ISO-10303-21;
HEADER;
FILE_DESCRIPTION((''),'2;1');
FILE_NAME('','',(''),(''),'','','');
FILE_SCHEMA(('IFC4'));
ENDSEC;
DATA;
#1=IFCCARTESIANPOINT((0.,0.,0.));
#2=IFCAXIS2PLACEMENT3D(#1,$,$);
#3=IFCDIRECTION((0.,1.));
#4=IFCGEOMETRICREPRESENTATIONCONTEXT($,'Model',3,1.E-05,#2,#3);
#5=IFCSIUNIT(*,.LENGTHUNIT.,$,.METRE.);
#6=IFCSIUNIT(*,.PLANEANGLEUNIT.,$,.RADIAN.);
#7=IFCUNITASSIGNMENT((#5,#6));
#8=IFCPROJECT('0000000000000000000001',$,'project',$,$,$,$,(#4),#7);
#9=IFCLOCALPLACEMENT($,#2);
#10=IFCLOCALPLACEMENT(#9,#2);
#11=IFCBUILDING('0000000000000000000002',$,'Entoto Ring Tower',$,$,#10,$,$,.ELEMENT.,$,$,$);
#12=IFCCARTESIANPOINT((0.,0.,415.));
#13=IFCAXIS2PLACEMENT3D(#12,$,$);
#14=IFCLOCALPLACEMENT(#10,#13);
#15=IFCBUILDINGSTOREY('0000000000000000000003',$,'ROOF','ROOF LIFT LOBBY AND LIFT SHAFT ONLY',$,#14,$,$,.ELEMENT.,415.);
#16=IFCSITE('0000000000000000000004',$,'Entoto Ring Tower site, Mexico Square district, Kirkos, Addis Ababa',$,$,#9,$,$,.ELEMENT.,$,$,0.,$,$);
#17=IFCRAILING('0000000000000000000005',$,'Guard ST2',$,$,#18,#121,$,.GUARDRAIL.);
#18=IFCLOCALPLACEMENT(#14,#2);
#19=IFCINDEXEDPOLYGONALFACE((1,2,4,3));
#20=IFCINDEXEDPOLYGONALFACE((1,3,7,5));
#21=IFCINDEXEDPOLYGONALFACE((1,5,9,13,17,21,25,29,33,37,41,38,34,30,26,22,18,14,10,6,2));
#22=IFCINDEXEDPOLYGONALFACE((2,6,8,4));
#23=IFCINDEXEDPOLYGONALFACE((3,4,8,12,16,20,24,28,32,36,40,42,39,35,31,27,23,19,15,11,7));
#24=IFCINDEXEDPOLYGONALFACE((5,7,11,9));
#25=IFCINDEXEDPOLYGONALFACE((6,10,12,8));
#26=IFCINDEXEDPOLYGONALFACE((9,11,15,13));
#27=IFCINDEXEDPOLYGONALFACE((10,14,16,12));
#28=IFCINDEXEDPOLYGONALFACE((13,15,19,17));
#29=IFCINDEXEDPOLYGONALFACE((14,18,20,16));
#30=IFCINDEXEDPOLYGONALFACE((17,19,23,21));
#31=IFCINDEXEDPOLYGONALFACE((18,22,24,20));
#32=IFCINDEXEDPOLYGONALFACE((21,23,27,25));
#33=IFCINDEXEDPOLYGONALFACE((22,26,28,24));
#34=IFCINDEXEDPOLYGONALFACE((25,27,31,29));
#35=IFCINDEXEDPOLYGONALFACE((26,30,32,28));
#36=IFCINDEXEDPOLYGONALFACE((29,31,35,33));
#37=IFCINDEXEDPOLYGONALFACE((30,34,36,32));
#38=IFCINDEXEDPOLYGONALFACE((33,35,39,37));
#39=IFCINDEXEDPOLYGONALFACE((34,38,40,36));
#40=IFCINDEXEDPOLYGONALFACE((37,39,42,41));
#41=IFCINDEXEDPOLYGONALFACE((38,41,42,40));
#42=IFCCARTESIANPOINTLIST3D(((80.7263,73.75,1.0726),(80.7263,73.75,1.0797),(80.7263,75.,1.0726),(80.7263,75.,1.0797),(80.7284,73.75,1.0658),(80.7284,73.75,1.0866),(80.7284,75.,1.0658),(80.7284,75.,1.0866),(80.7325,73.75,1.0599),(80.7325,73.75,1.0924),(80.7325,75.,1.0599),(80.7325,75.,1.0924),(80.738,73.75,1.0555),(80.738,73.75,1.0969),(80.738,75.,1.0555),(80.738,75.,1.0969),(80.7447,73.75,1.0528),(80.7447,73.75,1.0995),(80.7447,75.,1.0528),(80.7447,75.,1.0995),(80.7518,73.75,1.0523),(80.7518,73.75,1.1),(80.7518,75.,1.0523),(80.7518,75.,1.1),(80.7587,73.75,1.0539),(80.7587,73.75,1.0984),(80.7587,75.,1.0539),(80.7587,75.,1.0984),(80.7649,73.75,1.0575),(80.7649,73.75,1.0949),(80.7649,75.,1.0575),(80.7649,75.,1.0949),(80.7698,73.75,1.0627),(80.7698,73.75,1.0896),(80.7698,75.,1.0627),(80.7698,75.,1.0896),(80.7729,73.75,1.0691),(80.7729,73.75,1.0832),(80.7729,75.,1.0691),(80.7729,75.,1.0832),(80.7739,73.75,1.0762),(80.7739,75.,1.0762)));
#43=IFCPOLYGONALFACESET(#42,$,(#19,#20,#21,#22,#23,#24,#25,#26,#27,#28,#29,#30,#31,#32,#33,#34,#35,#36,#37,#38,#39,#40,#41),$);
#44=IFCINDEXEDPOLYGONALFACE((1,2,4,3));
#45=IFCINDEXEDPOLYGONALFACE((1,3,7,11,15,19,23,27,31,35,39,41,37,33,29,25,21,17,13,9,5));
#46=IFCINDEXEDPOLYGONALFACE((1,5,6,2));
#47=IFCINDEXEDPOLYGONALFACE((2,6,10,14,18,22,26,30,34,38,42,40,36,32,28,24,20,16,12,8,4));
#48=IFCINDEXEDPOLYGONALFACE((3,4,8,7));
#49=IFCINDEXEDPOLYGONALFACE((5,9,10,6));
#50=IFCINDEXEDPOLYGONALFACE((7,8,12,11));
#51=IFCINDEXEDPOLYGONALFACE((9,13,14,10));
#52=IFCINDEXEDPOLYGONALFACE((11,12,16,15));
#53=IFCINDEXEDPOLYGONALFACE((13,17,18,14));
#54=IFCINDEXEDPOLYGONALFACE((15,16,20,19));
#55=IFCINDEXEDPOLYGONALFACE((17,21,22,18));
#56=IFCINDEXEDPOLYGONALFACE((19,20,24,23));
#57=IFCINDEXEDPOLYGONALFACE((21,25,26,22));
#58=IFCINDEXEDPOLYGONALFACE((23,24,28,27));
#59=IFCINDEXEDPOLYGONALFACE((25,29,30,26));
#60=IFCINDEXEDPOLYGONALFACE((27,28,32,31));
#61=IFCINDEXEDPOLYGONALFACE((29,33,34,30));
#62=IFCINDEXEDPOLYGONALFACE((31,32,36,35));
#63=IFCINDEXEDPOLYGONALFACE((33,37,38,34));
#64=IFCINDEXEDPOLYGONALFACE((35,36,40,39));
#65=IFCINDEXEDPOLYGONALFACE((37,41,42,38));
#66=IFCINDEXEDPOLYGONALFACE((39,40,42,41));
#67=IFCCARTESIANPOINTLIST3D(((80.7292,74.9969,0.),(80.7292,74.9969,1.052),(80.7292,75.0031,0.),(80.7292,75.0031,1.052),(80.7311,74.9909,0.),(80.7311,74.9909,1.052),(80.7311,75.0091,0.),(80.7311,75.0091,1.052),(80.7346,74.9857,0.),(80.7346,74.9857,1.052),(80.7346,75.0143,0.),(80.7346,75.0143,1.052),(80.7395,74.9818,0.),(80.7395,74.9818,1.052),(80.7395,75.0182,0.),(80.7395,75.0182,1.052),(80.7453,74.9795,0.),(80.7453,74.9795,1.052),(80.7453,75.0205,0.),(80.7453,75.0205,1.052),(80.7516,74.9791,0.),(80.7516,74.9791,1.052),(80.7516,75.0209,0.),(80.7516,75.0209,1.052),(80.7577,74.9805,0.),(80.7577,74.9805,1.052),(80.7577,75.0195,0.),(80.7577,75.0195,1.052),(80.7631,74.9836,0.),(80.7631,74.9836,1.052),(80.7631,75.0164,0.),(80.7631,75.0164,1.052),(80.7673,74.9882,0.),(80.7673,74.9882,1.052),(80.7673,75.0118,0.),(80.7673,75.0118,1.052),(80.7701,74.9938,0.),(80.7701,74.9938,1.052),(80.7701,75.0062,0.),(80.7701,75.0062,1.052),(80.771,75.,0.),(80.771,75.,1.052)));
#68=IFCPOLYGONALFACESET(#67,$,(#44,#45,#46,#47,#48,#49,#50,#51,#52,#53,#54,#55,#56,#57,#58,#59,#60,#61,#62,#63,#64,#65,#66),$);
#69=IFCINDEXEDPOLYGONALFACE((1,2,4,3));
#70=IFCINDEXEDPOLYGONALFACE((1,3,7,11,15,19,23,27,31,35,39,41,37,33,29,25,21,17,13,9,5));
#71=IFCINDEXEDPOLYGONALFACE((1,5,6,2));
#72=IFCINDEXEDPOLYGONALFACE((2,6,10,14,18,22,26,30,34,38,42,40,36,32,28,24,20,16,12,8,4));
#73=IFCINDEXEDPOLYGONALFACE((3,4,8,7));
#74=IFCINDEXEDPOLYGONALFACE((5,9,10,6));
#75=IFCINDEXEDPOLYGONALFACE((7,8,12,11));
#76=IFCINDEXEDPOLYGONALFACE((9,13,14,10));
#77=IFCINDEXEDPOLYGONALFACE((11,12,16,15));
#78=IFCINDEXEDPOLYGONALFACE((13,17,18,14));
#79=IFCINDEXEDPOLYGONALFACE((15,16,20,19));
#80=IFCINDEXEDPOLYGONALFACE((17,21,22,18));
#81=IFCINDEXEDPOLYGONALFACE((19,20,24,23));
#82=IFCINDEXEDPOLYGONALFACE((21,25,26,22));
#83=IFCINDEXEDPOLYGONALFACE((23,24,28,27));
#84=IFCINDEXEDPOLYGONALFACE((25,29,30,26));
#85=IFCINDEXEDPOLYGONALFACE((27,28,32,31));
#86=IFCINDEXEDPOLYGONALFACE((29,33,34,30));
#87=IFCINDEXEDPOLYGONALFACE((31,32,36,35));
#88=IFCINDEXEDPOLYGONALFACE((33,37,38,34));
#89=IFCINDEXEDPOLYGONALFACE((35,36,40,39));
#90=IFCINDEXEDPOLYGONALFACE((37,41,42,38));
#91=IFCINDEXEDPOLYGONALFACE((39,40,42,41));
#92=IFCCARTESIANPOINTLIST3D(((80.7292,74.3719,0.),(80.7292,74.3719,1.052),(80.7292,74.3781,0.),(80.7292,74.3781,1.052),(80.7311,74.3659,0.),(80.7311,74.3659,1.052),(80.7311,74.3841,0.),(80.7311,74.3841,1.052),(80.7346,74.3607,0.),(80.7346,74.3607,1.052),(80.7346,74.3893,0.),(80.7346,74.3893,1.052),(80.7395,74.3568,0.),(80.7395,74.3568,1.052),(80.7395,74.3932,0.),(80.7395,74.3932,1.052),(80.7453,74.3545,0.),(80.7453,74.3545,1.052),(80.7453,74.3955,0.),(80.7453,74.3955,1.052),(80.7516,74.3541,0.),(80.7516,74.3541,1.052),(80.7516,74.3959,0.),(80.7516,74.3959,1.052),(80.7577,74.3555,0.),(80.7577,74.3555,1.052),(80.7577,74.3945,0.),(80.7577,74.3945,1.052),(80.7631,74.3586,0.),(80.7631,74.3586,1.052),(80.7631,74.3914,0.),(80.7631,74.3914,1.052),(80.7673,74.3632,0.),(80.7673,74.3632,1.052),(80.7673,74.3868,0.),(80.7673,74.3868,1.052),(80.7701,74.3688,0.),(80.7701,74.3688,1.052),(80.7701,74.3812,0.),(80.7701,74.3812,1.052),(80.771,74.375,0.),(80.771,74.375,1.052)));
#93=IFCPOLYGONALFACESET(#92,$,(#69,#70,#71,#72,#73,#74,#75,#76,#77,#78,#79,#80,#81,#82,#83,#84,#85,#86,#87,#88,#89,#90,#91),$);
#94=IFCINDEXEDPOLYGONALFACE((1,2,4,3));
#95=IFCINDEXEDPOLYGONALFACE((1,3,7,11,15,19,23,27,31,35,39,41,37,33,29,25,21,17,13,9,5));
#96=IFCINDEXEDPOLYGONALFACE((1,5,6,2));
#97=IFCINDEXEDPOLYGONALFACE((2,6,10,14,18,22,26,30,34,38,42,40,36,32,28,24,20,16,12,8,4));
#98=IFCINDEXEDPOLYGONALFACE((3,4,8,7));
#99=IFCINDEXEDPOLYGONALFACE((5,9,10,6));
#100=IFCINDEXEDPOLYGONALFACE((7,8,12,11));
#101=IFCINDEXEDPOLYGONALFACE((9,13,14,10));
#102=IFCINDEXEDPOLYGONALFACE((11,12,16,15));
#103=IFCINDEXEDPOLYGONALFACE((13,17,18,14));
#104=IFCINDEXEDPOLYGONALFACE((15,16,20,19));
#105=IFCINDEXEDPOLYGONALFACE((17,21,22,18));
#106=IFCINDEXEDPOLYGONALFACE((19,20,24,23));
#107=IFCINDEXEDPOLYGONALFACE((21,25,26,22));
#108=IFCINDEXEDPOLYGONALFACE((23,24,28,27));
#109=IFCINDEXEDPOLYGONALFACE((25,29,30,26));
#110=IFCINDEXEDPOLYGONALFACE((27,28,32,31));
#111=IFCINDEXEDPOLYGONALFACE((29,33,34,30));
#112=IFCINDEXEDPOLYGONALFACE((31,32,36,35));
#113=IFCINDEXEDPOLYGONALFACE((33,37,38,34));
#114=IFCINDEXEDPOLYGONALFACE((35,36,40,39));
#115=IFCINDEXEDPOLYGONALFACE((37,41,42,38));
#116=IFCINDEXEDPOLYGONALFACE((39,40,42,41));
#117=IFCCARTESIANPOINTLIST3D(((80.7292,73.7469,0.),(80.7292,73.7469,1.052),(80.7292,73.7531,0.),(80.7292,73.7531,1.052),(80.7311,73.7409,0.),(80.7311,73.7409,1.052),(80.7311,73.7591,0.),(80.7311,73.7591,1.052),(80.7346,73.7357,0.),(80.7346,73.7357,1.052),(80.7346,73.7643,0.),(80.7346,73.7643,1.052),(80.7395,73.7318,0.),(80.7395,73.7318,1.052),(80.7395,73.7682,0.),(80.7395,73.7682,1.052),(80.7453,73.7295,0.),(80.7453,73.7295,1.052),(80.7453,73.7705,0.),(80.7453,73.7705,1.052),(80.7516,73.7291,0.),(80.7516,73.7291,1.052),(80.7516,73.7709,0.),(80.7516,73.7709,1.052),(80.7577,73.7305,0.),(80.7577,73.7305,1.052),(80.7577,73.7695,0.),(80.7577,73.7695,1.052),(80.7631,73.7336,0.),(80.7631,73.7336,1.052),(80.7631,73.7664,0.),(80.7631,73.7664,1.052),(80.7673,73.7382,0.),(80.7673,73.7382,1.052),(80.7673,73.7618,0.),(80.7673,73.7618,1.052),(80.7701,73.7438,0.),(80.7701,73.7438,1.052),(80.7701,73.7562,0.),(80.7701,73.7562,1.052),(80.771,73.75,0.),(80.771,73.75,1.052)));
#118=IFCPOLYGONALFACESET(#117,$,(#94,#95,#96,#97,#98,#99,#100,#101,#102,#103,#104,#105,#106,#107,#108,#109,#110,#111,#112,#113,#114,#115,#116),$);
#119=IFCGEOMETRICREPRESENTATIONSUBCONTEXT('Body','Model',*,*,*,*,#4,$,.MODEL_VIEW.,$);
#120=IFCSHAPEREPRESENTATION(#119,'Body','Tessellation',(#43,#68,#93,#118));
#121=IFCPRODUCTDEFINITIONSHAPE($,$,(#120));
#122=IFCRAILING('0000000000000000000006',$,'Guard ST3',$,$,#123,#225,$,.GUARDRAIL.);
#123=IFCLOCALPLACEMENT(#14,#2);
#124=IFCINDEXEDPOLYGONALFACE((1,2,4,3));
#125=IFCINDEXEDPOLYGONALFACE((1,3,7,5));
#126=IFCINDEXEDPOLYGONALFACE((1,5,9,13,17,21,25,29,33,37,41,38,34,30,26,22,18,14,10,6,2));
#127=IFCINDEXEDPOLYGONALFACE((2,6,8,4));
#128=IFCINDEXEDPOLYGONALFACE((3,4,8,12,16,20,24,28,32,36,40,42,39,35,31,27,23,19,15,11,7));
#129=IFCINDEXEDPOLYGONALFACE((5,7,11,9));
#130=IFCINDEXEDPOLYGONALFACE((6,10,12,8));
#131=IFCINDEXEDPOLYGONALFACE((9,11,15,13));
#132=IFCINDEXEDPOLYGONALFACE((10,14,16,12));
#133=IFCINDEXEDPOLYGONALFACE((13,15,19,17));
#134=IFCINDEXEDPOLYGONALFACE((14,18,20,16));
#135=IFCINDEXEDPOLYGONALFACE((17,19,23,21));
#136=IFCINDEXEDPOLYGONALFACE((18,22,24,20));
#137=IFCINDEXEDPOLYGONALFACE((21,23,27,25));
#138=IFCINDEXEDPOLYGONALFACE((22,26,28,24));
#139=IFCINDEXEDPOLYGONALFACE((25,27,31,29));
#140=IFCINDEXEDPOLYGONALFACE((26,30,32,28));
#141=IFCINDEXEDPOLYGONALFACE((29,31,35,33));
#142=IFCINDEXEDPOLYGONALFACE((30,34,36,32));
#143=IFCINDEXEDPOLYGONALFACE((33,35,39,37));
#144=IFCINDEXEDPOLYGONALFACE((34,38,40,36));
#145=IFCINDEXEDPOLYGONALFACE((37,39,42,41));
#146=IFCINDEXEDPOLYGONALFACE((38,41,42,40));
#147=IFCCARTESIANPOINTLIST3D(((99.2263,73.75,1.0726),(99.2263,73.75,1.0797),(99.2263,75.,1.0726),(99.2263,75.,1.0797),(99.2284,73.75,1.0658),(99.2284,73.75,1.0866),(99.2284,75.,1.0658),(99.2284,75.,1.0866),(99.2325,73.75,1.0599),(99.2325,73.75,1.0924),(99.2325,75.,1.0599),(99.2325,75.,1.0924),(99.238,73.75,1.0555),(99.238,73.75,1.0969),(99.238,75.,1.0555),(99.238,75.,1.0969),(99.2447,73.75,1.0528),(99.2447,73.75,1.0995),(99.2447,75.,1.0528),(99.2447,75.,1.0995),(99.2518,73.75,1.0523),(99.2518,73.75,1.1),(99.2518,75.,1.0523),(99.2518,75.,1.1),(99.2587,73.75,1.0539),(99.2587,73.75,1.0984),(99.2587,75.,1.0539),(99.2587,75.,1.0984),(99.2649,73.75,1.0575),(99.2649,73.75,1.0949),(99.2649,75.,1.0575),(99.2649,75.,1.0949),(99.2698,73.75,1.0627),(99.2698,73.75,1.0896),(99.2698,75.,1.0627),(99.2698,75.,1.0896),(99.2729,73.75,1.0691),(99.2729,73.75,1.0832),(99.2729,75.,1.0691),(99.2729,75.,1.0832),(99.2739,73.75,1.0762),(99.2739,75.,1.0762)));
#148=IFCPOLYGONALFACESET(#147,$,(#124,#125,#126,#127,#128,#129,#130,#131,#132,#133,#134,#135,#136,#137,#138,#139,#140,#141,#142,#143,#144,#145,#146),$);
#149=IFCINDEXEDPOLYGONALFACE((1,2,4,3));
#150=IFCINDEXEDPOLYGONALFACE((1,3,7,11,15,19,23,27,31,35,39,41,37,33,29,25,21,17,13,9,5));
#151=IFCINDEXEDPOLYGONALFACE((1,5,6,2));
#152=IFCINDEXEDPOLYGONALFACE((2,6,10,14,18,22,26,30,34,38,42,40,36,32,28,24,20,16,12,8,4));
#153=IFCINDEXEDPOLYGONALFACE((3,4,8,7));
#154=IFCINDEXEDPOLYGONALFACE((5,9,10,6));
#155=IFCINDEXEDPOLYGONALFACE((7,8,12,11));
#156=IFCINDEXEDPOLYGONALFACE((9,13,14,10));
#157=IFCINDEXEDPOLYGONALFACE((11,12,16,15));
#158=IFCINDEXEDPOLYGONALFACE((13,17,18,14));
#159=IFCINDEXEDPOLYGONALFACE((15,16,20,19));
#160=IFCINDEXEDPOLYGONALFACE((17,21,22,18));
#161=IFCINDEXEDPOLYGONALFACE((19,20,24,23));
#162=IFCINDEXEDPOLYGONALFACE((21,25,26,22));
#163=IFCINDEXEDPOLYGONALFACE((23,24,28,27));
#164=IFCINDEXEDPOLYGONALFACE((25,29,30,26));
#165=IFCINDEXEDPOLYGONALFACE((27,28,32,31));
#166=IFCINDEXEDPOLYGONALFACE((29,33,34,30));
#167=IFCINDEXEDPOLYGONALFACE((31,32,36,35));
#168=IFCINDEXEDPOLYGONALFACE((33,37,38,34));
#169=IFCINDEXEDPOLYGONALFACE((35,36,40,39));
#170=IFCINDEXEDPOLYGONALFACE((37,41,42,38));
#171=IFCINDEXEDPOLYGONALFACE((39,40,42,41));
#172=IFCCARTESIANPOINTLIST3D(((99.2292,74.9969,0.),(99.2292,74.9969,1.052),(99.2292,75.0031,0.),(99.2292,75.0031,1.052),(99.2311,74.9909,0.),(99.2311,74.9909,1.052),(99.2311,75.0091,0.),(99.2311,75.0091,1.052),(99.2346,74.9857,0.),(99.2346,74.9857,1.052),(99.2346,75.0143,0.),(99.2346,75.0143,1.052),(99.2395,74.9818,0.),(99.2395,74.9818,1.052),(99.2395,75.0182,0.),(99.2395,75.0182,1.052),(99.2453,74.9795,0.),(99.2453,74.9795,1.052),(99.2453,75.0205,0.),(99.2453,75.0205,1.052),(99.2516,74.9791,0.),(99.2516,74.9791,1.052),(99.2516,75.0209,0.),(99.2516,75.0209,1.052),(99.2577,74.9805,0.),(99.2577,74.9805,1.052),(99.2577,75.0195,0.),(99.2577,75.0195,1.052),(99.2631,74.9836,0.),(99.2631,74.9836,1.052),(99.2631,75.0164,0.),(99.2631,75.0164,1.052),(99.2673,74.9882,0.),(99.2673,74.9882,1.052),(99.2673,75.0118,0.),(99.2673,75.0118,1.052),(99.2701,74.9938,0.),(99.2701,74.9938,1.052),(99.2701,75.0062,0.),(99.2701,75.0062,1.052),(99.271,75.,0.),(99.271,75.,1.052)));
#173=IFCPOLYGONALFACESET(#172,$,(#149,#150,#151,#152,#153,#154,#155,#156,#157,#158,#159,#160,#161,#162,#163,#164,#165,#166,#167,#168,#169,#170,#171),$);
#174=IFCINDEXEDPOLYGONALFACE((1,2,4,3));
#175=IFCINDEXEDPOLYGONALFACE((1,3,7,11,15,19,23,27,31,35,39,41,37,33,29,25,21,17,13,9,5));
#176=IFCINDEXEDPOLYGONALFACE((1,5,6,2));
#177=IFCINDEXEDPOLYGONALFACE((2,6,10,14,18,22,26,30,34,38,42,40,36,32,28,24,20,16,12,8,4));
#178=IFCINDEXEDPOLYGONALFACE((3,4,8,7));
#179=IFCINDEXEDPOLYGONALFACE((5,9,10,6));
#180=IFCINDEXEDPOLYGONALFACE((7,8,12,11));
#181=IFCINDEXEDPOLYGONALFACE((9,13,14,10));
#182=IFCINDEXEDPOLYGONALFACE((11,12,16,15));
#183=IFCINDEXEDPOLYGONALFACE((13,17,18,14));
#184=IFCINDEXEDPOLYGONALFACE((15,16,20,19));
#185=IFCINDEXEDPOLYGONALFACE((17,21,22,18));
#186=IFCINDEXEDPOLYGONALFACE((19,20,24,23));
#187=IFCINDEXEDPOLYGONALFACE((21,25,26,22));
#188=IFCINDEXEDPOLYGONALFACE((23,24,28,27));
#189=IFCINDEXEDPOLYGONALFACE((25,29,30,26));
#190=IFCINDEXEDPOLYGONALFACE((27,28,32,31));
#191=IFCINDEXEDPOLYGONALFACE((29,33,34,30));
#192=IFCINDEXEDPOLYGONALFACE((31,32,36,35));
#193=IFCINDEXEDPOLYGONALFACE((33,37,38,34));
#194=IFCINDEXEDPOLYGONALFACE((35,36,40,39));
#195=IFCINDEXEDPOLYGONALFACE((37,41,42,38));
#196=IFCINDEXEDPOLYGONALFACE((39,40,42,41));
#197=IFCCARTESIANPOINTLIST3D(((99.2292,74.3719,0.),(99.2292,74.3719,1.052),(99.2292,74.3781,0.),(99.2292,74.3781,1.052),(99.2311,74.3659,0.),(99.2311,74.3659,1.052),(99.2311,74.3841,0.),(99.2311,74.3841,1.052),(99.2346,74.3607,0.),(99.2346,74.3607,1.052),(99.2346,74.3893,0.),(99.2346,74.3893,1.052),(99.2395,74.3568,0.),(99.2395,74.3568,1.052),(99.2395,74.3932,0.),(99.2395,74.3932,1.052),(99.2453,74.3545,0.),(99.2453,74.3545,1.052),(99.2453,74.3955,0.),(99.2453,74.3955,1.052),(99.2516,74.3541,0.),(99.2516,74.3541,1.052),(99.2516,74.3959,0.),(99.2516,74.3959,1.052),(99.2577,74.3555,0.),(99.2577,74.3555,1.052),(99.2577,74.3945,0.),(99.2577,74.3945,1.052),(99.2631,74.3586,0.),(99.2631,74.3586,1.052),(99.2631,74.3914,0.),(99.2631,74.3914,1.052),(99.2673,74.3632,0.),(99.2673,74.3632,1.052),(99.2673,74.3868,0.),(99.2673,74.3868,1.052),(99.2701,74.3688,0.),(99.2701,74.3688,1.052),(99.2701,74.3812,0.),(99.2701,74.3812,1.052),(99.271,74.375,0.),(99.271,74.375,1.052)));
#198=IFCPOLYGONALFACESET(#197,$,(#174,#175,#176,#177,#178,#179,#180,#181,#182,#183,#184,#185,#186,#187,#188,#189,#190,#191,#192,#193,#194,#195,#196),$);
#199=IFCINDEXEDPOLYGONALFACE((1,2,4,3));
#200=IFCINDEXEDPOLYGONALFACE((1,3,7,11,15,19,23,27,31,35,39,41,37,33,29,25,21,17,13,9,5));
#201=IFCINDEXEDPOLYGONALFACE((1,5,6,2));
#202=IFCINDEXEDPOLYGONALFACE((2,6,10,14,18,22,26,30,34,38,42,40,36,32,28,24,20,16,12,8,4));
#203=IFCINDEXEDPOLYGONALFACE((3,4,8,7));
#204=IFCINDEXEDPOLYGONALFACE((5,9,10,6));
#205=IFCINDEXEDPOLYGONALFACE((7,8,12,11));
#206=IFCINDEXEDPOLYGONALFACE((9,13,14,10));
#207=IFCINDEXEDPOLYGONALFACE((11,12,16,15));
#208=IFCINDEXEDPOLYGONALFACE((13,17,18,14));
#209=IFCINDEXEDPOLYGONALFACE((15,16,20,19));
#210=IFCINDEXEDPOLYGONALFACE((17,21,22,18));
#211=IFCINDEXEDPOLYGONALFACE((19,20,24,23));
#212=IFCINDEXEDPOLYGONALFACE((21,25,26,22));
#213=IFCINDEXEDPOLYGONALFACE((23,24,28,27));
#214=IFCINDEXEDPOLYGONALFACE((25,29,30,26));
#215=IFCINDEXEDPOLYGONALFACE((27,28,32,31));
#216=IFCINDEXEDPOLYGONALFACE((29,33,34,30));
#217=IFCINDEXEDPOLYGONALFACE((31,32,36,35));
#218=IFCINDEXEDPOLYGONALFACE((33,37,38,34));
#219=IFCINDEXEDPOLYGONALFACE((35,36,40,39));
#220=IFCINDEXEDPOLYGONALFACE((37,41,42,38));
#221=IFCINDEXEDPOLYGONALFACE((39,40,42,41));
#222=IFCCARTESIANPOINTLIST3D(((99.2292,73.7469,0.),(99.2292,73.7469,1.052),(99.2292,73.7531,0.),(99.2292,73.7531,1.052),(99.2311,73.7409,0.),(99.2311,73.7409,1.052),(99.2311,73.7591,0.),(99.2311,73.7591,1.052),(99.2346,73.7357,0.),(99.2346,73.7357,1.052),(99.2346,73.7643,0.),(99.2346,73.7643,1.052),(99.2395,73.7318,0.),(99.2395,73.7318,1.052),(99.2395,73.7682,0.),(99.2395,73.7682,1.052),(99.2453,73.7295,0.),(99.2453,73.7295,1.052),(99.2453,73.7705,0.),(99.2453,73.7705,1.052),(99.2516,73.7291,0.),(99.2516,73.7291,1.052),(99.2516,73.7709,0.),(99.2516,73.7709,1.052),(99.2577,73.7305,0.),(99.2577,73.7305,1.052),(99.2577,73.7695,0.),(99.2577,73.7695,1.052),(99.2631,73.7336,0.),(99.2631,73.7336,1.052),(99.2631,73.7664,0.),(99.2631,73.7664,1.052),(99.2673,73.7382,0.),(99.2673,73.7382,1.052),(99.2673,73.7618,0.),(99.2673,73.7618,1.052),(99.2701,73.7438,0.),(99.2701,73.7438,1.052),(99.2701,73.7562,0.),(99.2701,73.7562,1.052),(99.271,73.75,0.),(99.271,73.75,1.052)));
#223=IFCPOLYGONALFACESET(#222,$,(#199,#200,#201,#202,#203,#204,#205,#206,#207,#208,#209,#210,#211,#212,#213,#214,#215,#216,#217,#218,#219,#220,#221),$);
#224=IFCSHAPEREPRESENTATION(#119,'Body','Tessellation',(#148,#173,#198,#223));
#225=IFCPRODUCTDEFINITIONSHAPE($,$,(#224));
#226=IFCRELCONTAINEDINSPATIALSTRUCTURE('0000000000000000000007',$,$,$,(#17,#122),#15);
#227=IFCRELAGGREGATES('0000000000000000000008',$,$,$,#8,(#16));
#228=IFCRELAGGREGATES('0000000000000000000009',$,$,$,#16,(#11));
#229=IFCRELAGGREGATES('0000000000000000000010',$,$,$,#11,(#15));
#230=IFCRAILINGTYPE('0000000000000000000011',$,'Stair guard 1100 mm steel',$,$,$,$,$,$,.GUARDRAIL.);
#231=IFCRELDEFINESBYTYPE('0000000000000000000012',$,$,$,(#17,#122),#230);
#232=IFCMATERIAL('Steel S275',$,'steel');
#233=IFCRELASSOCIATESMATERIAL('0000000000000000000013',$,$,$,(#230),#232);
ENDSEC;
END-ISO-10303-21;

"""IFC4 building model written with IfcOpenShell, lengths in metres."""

from ifc_helpers import new_model, si_unit, direction, frame, origin, origin_2d, place, context, subcontext, project, spatial, circle, extrude, material, type_object, element, save


model = new_model("IFC4")

# Units and contexts
model_context = context("Model", 3, precision=1e-05, world=origin(), true_north=direction((0.0, 1.0)))
body_context = subcontext(model_context, "Body", "Model", "MODEL_VIEW")
ifc_project = project(units=[si_unit("LENGTHUNIT", "METRE"), si_unit("PLANEANGLEUNIT", "RADIAN")], contexts=[model_context])

# Site, building, storey
site_placement = place(None, origin())
site = spatial("IfcSite", under=ifc_project, at=site_placement, Name="Entoto Ring Tower site, Mexico Square district, Kirkos, Addis Ababa", CompositionType="ELEMENT", RefElevation=0.0)
building_placement = place(site_placement, origin())
building = spatial("IfcBuilding", under=site, at=building_placement, Name="Entoto Ring Tower", CompositionType="ELEMENT")
storey_placement = place(building_placement, frame((0.0, 0.0, 415.0)))
storey = spatial("IfcBuildingStorey", under=building, at=storey_placement, Name="ROOF", Description="ROOF LIFT LOBBY AND LIFT SHAFT ONLY", CompositionType="ELEMENT", Elevation=415.0)

# Railings
ifc_material_1 = material(Name="Steel S275", Category="steel")
railing_type_1 = type_object("IfcRailingType", Name="Stair guard 1100 mm steel", PredefinedType="GUARDRAIL", material=ifc_material_1)
for number, where, name in (
    (1, (80.75, 75.0, 0.0), "Guard ST2"),
    (2, (99.25, 75.0, 0.0), "Guard ST3"),
):
    element("IfcRailing", number, at=place(storey_placement, frame(where)), inside=storey, type_object=railing_type_1, Name=name, PredefinedType="GUARDRAIL", context=body_context, shape_type="SweptSolid", body=[
        extrude(circle(Radius=0.0239, at=origin_2d()), frame((0.0, 0.0, 1.0762), z_axis=(0.0, -1.0, 0.0), x_axis=(1.0, 0.0, 0.0)), (0.0, 0.0, 1.0), 1.25),
        extrude(circle(Radius=0.021, at=origin_2d()), origin(), (0.0, 0.0, 1.0), 1.052),
        extrude(circle(Radius=0.021, at=origin_2d()), frame((0.0, -0.625, 0.0)), (0.0, 0.0, 1.0), 1.052),
        extrude(circle(Radius=0.021, at=origin_2d()), frame((0.0, -1.25, 0.0)), (0.0, 0.0, 1.0), 1.052),
    ])

save(model, "model.ifc")
